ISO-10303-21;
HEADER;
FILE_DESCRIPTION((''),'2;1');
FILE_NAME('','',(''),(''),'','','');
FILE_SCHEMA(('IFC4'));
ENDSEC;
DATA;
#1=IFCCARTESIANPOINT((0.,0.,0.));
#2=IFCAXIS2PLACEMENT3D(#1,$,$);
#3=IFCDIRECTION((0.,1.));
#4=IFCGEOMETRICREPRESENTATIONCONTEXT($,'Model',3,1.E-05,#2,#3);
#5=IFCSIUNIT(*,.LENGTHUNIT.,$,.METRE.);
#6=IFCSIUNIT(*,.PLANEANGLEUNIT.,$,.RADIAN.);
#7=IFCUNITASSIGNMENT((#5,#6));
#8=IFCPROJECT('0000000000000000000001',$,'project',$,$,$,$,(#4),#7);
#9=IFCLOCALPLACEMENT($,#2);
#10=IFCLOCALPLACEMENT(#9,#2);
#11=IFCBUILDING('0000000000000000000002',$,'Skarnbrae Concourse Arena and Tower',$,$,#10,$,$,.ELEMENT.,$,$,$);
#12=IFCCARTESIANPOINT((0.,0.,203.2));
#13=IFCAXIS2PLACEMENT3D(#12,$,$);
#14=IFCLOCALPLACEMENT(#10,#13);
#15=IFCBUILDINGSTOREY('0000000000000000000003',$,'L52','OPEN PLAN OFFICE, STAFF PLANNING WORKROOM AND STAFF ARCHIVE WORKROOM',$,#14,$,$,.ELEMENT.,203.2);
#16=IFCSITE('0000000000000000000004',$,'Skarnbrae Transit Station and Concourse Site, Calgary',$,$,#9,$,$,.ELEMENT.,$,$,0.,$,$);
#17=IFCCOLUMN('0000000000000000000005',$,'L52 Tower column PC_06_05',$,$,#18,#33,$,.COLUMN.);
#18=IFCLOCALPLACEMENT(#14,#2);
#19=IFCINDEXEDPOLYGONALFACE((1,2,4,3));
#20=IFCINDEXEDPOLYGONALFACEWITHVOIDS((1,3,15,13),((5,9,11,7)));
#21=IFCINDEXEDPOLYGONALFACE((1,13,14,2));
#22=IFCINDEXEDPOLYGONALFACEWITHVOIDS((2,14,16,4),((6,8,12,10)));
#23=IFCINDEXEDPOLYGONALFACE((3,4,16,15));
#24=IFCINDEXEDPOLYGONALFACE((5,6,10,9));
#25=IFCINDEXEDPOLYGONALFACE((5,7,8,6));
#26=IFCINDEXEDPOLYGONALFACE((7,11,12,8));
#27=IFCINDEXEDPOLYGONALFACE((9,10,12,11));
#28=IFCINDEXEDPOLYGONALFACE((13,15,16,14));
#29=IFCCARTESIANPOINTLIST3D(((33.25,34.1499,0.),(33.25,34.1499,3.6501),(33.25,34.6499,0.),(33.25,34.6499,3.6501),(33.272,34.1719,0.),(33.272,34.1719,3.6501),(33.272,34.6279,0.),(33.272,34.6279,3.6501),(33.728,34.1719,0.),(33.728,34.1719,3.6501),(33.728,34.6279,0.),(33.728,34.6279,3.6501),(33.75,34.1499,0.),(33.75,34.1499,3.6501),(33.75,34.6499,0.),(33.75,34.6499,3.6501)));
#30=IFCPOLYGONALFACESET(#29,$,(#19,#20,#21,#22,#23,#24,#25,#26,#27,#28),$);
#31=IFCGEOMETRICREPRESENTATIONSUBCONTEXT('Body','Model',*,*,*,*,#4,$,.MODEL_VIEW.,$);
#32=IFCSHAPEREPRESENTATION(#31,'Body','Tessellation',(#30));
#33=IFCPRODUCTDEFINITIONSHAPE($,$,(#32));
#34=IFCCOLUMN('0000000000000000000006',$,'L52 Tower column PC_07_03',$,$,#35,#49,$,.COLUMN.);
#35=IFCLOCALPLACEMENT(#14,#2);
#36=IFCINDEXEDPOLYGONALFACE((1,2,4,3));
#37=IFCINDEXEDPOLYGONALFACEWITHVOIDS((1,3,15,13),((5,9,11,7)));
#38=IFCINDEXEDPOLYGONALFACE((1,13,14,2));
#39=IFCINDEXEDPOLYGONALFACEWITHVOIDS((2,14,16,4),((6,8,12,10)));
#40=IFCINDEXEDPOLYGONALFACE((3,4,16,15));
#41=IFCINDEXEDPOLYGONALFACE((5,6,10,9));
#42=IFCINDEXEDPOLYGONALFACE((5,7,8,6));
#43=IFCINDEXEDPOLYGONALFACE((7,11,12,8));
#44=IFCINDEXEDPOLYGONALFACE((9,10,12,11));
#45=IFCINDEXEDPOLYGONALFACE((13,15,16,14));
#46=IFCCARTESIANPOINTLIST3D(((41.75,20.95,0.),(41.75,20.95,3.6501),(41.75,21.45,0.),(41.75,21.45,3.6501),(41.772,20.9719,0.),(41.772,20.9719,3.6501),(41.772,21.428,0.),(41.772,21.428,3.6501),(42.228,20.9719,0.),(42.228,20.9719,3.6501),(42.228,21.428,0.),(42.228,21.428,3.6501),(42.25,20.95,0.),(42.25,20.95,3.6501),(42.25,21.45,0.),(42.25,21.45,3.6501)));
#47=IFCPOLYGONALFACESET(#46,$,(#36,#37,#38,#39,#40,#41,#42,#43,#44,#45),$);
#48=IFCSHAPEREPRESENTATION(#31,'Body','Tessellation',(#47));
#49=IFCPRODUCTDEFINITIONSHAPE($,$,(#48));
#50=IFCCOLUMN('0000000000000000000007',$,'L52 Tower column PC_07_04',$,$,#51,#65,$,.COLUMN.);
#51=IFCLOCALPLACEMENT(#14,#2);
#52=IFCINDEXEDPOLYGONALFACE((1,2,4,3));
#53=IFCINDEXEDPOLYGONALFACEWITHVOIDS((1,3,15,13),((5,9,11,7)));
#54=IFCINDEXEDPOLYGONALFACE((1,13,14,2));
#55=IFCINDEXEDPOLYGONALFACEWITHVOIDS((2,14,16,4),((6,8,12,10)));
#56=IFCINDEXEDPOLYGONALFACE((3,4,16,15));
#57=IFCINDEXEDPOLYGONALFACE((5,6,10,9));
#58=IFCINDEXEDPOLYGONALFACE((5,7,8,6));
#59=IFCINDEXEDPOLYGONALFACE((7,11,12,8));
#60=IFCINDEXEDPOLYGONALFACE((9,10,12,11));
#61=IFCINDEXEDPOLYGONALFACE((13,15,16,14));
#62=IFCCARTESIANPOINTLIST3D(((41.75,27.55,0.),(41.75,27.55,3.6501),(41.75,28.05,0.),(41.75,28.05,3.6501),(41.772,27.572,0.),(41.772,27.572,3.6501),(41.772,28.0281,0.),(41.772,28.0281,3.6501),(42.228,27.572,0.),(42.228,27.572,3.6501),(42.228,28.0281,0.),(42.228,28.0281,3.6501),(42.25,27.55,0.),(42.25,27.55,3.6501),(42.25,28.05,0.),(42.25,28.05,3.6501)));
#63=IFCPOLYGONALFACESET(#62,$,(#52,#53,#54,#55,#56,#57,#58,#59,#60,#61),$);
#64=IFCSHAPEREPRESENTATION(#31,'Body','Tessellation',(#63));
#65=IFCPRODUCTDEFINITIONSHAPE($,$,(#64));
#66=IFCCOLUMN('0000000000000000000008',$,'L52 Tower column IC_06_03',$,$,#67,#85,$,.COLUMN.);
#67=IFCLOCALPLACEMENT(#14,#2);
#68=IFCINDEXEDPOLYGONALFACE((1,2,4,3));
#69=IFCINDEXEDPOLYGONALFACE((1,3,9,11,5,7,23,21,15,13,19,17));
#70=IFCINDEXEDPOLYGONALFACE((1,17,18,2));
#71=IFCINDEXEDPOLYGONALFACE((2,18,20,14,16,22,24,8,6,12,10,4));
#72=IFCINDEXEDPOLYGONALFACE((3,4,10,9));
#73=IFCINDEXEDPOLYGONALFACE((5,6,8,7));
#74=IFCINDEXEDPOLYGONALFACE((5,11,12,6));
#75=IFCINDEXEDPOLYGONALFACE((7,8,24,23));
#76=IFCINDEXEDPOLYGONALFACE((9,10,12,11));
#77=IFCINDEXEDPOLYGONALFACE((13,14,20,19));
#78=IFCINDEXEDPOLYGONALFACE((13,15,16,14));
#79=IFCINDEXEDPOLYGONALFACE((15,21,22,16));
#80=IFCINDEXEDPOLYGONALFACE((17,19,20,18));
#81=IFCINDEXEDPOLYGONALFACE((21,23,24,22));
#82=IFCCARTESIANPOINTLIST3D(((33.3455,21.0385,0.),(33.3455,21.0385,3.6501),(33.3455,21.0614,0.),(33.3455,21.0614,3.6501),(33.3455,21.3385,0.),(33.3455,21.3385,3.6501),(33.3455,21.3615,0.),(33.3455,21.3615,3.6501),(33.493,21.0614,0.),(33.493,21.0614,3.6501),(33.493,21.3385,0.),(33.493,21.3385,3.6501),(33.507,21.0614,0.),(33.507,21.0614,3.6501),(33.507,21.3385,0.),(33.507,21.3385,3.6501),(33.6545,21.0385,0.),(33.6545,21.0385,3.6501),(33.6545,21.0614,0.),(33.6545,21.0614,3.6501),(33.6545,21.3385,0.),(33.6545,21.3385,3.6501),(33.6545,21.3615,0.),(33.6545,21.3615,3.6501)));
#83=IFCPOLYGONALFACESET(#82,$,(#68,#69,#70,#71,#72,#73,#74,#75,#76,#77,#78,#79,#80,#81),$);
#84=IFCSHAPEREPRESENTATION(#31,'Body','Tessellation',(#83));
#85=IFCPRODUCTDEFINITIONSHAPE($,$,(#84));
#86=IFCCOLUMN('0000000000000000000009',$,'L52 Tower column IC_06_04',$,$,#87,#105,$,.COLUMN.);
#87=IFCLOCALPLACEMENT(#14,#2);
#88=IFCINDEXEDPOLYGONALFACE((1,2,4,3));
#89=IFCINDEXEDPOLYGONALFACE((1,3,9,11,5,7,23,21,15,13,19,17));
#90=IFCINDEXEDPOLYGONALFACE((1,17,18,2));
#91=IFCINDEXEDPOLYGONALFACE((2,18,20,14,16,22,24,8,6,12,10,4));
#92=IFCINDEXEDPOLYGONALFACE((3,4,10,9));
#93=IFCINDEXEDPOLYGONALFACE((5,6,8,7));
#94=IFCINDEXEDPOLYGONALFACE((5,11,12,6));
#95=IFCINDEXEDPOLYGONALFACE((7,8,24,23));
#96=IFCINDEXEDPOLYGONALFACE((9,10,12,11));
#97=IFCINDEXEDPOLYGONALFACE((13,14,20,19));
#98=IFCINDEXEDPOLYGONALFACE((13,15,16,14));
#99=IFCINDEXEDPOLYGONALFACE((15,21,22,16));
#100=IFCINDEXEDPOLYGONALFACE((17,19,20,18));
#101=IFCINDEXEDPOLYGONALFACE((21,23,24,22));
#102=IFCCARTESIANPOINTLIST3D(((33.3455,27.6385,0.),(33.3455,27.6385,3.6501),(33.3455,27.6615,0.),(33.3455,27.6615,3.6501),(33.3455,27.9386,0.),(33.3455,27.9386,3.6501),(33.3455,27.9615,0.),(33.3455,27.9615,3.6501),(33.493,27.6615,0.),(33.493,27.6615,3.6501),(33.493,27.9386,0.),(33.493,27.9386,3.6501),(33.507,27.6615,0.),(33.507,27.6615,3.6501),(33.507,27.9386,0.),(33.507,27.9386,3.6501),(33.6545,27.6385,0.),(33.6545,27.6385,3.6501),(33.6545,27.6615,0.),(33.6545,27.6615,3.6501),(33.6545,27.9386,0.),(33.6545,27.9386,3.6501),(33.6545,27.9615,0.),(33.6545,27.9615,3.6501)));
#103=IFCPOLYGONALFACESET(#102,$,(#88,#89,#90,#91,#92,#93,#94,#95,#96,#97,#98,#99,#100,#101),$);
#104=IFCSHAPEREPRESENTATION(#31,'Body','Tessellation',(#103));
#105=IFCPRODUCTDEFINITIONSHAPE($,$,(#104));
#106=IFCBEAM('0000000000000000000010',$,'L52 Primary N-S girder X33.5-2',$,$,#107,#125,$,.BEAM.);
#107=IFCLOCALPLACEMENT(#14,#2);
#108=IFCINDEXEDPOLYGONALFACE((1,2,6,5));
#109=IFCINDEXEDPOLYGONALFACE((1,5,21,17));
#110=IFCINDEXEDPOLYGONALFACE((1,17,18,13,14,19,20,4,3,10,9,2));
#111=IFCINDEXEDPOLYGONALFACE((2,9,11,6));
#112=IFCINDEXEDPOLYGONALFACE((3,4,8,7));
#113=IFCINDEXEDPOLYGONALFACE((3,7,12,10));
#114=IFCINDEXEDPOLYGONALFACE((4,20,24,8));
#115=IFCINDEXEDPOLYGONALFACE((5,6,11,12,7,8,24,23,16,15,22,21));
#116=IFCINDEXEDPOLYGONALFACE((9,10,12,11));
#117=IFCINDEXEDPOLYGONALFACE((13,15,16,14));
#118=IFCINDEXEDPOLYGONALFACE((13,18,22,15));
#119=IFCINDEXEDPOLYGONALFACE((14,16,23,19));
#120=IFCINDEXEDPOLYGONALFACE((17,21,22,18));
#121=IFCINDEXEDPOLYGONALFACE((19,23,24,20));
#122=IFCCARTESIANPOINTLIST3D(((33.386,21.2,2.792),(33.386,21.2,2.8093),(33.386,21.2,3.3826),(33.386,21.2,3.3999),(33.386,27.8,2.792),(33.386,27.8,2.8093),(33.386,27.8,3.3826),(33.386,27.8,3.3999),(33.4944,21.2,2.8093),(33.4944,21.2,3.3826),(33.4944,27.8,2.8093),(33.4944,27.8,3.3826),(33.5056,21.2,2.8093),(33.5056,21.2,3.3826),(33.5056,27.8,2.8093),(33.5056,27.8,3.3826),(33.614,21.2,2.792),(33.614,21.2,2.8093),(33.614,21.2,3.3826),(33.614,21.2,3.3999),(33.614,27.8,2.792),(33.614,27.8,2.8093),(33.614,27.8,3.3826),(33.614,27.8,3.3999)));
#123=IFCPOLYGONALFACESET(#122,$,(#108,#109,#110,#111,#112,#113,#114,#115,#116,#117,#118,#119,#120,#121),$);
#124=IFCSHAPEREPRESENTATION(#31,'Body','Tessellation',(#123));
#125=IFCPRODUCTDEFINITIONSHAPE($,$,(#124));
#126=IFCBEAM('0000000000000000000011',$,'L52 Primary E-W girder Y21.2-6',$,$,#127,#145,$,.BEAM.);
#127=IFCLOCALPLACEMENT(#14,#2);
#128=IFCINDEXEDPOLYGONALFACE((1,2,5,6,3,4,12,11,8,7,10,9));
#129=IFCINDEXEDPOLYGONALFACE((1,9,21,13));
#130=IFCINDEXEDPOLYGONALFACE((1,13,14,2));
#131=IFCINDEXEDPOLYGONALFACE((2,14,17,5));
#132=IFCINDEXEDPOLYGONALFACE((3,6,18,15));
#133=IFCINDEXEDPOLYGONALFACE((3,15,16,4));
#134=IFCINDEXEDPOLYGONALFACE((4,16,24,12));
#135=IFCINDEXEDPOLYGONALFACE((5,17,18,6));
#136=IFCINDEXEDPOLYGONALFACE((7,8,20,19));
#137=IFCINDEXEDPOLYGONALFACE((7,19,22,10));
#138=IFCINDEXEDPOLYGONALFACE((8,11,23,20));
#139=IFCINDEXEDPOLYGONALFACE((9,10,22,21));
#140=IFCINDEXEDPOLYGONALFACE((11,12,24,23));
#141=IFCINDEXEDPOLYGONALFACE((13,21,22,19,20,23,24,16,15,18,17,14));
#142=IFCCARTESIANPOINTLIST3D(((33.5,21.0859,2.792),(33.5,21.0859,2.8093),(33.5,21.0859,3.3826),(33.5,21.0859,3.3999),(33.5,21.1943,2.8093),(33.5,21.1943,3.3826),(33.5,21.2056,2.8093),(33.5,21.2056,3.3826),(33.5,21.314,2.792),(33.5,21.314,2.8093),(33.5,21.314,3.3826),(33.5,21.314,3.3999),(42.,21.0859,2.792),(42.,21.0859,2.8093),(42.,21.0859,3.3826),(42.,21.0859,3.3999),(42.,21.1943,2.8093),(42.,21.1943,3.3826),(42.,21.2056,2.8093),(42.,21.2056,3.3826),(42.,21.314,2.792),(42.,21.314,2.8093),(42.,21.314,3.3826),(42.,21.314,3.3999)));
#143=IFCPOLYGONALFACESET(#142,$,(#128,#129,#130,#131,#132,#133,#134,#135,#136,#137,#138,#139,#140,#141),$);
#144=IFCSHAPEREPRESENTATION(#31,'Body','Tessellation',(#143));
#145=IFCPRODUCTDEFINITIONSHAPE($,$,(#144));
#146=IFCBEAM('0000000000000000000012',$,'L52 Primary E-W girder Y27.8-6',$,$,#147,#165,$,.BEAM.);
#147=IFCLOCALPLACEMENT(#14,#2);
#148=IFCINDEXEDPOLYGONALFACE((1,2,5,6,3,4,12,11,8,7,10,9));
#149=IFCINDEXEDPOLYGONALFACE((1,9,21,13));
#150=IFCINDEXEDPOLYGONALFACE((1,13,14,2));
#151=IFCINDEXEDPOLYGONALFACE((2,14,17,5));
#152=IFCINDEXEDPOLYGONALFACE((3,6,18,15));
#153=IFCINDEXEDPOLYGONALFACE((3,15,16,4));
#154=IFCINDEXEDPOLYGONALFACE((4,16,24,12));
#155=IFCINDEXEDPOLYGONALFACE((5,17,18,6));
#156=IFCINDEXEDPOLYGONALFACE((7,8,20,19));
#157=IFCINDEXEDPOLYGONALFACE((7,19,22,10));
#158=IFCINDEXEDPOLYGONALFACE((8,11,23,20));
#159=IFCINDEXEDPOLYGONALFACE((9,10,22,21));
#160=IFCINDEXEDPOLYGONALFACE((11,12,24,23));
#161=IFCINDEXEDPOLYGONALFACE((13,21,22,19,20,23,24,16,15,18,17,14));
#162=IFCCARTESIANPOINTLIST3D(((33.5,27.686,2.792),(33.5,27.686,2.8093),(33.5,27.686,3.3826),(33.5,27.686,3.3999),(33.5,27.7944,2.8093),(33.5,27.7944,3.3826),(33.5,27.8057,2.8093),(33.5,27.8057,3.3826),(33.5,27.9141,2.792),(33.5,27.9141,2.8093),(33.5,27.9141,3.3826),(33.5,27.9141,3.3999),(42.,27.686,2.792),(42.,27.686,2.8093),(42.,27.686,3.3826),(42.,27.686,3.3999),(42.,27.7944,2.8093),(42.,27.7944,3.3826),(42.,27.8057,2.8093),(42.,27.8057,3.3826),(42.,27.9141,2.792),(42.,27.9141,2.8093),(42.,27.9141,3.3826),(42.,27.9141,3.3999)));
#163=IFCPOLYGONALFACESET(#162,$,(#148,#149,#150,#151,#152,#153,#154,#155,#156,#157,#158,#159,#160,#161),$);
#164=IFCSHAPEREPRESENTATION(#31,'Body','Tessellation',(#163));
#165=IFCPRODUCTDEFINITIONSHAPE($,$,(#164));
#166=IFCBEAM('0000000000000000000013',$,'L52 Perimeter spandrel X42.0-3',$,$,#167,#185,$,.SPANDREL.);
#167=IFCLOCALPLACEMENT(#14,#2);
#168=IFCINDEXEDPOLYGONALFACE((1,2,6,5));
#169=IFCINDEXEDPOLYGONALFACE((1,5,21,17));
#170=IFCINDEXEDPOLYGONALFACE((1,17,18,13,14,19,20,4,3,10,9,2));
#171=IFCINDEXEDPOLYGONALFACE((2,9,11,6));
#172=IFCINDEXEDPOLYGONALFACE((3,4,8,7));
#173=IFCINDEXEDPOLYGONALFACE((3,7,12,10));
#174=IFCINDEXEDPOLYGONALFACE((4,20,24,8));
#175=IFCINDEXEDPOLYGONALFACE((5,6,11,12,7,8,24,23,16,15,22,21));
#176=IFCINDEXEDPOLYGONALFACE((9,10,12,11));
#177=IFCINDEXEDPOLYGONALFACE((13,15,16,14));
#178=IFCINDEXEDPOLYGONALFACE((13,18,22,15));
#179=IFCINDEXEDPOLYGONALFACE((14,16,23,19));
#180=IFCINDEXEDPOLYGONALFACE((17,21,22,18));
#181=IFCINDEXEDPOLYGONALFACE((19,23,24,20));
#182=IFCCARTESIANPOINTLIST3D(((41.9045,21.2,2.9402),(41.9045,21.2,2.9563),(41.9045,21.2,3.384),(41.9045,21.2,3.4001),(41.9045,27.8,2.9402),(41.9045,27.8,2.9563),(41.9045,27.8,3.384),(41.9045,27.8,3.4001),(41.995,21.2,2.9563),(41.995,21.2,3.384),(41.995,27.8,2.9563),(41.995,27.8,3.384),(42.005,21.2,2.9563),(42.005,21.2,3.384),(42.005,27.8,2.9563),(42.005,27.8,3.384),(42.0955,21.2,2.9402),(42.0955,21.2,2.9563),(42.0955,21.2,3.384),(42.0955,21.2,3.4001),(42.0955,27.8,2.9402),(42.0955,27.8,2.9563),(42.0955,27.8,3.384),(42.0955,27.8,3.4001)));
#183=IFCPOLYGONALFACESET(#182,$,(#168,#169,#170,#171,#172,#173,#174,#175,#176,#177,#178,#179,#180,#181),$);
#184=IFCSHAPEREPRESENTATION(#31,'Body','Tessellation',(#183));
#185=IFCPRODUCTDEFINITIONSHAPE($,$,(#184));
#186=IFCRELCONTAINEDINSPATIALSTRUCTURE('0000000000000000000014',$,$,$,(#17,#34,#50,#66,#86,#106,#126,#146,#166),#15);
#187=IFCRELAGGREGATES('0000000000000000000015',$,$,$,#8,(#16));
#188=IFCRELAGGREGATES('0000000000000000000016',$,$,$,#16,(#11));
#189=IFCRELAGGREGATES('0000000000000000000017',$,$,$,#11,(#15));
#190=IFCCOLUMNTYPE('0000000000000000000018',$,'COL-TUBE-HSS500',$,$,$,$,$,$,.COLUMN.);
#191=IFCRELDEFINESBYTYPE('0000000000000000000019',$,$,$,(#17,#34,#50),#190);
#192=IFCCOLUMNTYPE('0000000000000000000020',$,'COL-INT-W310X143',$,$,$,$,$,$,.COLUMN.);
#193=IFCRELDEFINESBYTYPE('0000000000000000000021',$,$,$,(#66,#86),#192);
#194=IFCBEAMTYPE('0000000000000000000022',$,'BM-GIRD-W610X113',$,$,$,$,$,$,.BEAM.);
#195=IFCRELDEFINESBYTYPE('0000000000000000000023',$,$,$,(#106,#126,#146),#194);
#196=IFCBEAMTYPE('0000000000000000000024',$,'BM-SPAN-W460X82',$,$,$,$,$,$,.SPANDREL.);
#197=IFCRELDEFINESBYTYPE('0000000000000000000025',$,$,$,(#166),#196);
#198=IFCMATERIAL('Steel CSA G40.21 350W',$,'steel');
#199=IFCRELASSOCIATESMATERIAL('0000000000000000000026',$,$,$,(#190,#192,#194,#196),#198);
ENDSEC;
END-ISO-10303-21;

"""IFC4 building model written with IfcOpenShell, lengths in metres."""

from ifc_helpers import new_model, si_unit, direction, frame, origin, origin_2d, place, context, subcontext, project, spatial, hollow_rectangle, i_section, extrude, source, transform, mapped, material, material_profile, profile_set, type_object, element, save


model = new_model("IFC4")

# Units and contexts
model_context = context("Model", 3, precision=1e-05, world=origin(), true_north=direction((0.0, 1.0)))
body_context = subcontext(model_context, "Body", "Model", "MODEL_VIEW")
ifc_project = project(units=[si_unit("LENGTHUNIT", "METRE"), si_unit("PLANEANGLEUNIT", "RADIAN")], contexts=[model_context])

# Site, building, storey
site_placement = place(None, origin())
site = spatial("IfcSite", under=ifc_project, at=site_placement, Name="Skarnbrae Transit Station and Concourse Site, Calgary", CompositionType="ELEMENT", RefElevation=0.0)
building_placement = place(site_placement, origin())
building = spatial("IfcBuilding", under=site, at=building_placement, Name="Skarnbrae Concourse Arena and Tower", CompositionType="ELEMENT")
storey_placement = place(building_placement, frame((0.0, 0.0, 203.2)))
storey = spatial("IfcBuildingStorey", under=building, at=storey_placement, Name="L52", Description="OPEN PLAN OFFICE, STAFF PLANNING WORKROOM AND STAFF ARCHIVE WORKROOM", CompositionType="ELEMENT", Elevation=203.2)

# Columns
ifc_material_1 = material(Name="Steel CSA G40.21 350W", Category="steel")
ifc_material_profile_1 = material_profile(ifc_material_1, hollow_rectangle(XDim=0.5, YDim=0.5, WallThickness=0.022, at=origin_2d()), Name="HSS500X500X22.0")
ifc_profile_set_1 = profile_set([ifc_material_profile_1], Name="Steel CSA G40.21 350W")
column_type_1 = type_object("IfcColumnType", Name="COL-TUBE-HSS500", PredefinedType="COLUMN", material=ifc_profile_set_1)
shared_shape_1 = source(origin(), body_context, "Body", "SweptSolid", [
    extrude(hollow_rectangle(XDim=0.5, YDim=0.5, WallThickness=0.022, at=origin_2d()), origin(), (0.0, 0.0, 1.0), 3.6501),
])
for number, where, z_axis, x_axis, name in (
    (1, (33.5, 34.3999, 0.0), (0.0, 0.0, 1.0), (1.0, 0.0, 0.0), "L52 Tower column PC_06_05"),
    (2, (42.0, 21.2, 0.0), (0.0, 0.0, 1.0), (1.0, 0.0, 0.0), "L52 Tower column PC_07_03"),
    (3, (42.0, 27.8, 0.0), (0.0, 0.0, 1.0), (1.0, 0.0, 0.0), "L52 Tower column PC_07_04"),
):
    element("IfcColumn", number, at=place(storey_placement, frame(where, z_axis=z_axis, x_axis=x_axis)), inside=storey, type_object=column_type_1, Name=name, PredefinedType="COLUMN", context=body_context, shape_type="MappedRepresentation", body=[
        mapped(shared_shape_1, transform((0.0, 0.0, 0.0))),
    ])
ifc_material_profile_2 = material_profile(ifc_material_1, i_section(OverallWidth=0.3091, OverallDepth=0.323, WebThickness=0.0139, FlangeThickness=0.0229, at=origin_2d()), Name="W310X143")
ifc_profile_set_2 = profile_set([ifc_material_profile_2], Name="Steel CSA G40.21 350W")
column_type_2 = type_object("IfcColumnType", Name="COL-INT-W310X143", PredefinedType="COLUMN", material=ifc_profile_set_2)
shared_shape_2 = source(origin(), body_context, "Body", "SweptSolid", [
    extrude(i_section(OverallWidth=0.3091, OverallDepth=0.323, WebThickness=0.0139, FlangeThickness=0.0229, at=origin_2d()), origin(), (0.0, 0.0, 1.0), 3.6501),
])
for number, where, z_axis, x_axis, name in (
    (4, (33.5, 21.2, 0.0), (0.0, 0.0, 1.0), (1.0, 0.0, 0.0), "L52 Tower column IC_06_03"),
    (5, (33.5, 27.8, 0.0), (0.0, 0.0, 1.0), (1.0, 0.0, 0.0), "L52 Tower column IC_06_04"),
):
    element("IfcColumn", number, at=place(storey_placement, frame(where, z_axis=z_axis, x_axis=x_axis)), inside=storey, type_object=column_type_2, Name=name, PredefinedType="COLUMN", context=body_context, shape_type="MappedRepresentation", body=[
        mapped(shared_shape_2, transform((0.0, 0.0, 0.0))),
    ])

# Beams
ifc_material_profile_3 = material_profile(ifc_material_1, i_section(OverallWidth=0.228, OverallDepth=0.6079, WebThickness=0.0112, FlangeThickness=0.0173, at=origin_2d()), Name="W610X113")
ifc_profile_set_3 = profile_set([ifc_material_profile_3], Name="Steel CSA G40.21 350W")
beam_type_1 = type_object("IfcBeamType", Name="BM-GIRD-W610X113", PredefinedType="BEAM", material=ifc_profile_set_3)
shared_shape_3 = source(origin(), body_context, "Body", "SweptSolid", [
    extrude(i_section(OverallWidth=0.228, OverallDepth=0.6079, WebThickness=0.0112, FlangeThickness=0.0173, at=origin_2d()), origin(), (0.0, 0.0, 1.0), 6.6001),
])
beam_1_placement = place(storey_placement, frame((33.5, 21.2, 3.0959), z_axis=(0.0, 1.0, 0.0), x_axis=(-1.0, 0.0, 0.0)))
element("IfcBeam", 6, at=beam_1_placement, inside=storey, type_object=beam_type_1, Name="L52 Primary N-S girder X33.5-2", PredefinedType="BEAM", context=body_context, shape_type="MappedRepresentation", body=[
    mapped(shared_shape_3, transform((0.0, 0.0, 0.0))),
])
shared_shape_4 = source(origin(), body_context, "Body", "SweptSolid", [
    extrude(i_section(OverallWidth=0.228, OverallDepth=0.6079, WebThickness=0.0112, FlangeThickness=0.0173, at=origin_2d()), origin(), (0.0, 0.0, 1.0), 8.5),
])
for number, where, z_axis, x_axis, name in (
    (7, (33.5, 21.2, 3.0959), (1.0, 0.0, 0.0), (0.0, 1.0, 0.0), "L52 Primary E-W girder Y21.2-6"),
    (8, (33.5, 27.8, 3.0959), (1.0, 0.0, 0.0), (0.0, 1.0, 0.0), "L52 Primary E-W girder Y27.8-6"),
):
    element("IfcBeam", number, at=place(storey_placement, frame(where, z_axis=z_axis, x_axis=x_axis)), inside=storey, type_object=beam_type_1, Name=name, PredefinedType="BEAM", context=body_context, shape_type="MappedRepresentation", body=[
        mapped(shared_shape_4, transform((0.0, 0.0, 0.0))),
    ])
ifc_material_profile_4 = material_profile(ifc_material_1, i_section(OverallWidth=0.1909, OverallDepth=0.46, WebThickness=0.01, FlangeThickness=0.0161, at=origin_2d()), Name="W460X82")
ifc_profile_set_4 = profile_set([ifc_material_profile_4], Name="Steel CSA G40.21 350W")
beam_type_2 = type_object("IfcBeamType", Name="BM-SPAN-W460X82", PredefinedType="SPANDREL", material=ifc_profile_set_4)
shared_shape_5 = source(origin(), body_context, "Body", "SweptSolid", [
    extrude(i_section(OverallWidth=0.1909, OverallDepth=0.46, WebThickness=0.01, FlangeThickness=0.0161, at=origin_2d()), origin(), (0.0, 0.0, 1.0), 6.6001),
])
beam_2_placement = place(storey_placement, frame((42.0, 21.2, 3.1702), z_axis=(0.0, 1.0, 0.0), x_axis=(-1.0, 0.0, 0.0)))
element("IfcBeam", 9, at=beam_2_placement, inside=storey, type_object=beam_type_2, Name="L52 Perimeter spandrel X42.0-3", PredefinedType="SPANDREL", context=body_context, shape_type="MappedRepresentation", body=[
    mapped(shared_shape_5, transform((0.0, 0.0, 0.0))),
])

save(model, "model.ifc")
